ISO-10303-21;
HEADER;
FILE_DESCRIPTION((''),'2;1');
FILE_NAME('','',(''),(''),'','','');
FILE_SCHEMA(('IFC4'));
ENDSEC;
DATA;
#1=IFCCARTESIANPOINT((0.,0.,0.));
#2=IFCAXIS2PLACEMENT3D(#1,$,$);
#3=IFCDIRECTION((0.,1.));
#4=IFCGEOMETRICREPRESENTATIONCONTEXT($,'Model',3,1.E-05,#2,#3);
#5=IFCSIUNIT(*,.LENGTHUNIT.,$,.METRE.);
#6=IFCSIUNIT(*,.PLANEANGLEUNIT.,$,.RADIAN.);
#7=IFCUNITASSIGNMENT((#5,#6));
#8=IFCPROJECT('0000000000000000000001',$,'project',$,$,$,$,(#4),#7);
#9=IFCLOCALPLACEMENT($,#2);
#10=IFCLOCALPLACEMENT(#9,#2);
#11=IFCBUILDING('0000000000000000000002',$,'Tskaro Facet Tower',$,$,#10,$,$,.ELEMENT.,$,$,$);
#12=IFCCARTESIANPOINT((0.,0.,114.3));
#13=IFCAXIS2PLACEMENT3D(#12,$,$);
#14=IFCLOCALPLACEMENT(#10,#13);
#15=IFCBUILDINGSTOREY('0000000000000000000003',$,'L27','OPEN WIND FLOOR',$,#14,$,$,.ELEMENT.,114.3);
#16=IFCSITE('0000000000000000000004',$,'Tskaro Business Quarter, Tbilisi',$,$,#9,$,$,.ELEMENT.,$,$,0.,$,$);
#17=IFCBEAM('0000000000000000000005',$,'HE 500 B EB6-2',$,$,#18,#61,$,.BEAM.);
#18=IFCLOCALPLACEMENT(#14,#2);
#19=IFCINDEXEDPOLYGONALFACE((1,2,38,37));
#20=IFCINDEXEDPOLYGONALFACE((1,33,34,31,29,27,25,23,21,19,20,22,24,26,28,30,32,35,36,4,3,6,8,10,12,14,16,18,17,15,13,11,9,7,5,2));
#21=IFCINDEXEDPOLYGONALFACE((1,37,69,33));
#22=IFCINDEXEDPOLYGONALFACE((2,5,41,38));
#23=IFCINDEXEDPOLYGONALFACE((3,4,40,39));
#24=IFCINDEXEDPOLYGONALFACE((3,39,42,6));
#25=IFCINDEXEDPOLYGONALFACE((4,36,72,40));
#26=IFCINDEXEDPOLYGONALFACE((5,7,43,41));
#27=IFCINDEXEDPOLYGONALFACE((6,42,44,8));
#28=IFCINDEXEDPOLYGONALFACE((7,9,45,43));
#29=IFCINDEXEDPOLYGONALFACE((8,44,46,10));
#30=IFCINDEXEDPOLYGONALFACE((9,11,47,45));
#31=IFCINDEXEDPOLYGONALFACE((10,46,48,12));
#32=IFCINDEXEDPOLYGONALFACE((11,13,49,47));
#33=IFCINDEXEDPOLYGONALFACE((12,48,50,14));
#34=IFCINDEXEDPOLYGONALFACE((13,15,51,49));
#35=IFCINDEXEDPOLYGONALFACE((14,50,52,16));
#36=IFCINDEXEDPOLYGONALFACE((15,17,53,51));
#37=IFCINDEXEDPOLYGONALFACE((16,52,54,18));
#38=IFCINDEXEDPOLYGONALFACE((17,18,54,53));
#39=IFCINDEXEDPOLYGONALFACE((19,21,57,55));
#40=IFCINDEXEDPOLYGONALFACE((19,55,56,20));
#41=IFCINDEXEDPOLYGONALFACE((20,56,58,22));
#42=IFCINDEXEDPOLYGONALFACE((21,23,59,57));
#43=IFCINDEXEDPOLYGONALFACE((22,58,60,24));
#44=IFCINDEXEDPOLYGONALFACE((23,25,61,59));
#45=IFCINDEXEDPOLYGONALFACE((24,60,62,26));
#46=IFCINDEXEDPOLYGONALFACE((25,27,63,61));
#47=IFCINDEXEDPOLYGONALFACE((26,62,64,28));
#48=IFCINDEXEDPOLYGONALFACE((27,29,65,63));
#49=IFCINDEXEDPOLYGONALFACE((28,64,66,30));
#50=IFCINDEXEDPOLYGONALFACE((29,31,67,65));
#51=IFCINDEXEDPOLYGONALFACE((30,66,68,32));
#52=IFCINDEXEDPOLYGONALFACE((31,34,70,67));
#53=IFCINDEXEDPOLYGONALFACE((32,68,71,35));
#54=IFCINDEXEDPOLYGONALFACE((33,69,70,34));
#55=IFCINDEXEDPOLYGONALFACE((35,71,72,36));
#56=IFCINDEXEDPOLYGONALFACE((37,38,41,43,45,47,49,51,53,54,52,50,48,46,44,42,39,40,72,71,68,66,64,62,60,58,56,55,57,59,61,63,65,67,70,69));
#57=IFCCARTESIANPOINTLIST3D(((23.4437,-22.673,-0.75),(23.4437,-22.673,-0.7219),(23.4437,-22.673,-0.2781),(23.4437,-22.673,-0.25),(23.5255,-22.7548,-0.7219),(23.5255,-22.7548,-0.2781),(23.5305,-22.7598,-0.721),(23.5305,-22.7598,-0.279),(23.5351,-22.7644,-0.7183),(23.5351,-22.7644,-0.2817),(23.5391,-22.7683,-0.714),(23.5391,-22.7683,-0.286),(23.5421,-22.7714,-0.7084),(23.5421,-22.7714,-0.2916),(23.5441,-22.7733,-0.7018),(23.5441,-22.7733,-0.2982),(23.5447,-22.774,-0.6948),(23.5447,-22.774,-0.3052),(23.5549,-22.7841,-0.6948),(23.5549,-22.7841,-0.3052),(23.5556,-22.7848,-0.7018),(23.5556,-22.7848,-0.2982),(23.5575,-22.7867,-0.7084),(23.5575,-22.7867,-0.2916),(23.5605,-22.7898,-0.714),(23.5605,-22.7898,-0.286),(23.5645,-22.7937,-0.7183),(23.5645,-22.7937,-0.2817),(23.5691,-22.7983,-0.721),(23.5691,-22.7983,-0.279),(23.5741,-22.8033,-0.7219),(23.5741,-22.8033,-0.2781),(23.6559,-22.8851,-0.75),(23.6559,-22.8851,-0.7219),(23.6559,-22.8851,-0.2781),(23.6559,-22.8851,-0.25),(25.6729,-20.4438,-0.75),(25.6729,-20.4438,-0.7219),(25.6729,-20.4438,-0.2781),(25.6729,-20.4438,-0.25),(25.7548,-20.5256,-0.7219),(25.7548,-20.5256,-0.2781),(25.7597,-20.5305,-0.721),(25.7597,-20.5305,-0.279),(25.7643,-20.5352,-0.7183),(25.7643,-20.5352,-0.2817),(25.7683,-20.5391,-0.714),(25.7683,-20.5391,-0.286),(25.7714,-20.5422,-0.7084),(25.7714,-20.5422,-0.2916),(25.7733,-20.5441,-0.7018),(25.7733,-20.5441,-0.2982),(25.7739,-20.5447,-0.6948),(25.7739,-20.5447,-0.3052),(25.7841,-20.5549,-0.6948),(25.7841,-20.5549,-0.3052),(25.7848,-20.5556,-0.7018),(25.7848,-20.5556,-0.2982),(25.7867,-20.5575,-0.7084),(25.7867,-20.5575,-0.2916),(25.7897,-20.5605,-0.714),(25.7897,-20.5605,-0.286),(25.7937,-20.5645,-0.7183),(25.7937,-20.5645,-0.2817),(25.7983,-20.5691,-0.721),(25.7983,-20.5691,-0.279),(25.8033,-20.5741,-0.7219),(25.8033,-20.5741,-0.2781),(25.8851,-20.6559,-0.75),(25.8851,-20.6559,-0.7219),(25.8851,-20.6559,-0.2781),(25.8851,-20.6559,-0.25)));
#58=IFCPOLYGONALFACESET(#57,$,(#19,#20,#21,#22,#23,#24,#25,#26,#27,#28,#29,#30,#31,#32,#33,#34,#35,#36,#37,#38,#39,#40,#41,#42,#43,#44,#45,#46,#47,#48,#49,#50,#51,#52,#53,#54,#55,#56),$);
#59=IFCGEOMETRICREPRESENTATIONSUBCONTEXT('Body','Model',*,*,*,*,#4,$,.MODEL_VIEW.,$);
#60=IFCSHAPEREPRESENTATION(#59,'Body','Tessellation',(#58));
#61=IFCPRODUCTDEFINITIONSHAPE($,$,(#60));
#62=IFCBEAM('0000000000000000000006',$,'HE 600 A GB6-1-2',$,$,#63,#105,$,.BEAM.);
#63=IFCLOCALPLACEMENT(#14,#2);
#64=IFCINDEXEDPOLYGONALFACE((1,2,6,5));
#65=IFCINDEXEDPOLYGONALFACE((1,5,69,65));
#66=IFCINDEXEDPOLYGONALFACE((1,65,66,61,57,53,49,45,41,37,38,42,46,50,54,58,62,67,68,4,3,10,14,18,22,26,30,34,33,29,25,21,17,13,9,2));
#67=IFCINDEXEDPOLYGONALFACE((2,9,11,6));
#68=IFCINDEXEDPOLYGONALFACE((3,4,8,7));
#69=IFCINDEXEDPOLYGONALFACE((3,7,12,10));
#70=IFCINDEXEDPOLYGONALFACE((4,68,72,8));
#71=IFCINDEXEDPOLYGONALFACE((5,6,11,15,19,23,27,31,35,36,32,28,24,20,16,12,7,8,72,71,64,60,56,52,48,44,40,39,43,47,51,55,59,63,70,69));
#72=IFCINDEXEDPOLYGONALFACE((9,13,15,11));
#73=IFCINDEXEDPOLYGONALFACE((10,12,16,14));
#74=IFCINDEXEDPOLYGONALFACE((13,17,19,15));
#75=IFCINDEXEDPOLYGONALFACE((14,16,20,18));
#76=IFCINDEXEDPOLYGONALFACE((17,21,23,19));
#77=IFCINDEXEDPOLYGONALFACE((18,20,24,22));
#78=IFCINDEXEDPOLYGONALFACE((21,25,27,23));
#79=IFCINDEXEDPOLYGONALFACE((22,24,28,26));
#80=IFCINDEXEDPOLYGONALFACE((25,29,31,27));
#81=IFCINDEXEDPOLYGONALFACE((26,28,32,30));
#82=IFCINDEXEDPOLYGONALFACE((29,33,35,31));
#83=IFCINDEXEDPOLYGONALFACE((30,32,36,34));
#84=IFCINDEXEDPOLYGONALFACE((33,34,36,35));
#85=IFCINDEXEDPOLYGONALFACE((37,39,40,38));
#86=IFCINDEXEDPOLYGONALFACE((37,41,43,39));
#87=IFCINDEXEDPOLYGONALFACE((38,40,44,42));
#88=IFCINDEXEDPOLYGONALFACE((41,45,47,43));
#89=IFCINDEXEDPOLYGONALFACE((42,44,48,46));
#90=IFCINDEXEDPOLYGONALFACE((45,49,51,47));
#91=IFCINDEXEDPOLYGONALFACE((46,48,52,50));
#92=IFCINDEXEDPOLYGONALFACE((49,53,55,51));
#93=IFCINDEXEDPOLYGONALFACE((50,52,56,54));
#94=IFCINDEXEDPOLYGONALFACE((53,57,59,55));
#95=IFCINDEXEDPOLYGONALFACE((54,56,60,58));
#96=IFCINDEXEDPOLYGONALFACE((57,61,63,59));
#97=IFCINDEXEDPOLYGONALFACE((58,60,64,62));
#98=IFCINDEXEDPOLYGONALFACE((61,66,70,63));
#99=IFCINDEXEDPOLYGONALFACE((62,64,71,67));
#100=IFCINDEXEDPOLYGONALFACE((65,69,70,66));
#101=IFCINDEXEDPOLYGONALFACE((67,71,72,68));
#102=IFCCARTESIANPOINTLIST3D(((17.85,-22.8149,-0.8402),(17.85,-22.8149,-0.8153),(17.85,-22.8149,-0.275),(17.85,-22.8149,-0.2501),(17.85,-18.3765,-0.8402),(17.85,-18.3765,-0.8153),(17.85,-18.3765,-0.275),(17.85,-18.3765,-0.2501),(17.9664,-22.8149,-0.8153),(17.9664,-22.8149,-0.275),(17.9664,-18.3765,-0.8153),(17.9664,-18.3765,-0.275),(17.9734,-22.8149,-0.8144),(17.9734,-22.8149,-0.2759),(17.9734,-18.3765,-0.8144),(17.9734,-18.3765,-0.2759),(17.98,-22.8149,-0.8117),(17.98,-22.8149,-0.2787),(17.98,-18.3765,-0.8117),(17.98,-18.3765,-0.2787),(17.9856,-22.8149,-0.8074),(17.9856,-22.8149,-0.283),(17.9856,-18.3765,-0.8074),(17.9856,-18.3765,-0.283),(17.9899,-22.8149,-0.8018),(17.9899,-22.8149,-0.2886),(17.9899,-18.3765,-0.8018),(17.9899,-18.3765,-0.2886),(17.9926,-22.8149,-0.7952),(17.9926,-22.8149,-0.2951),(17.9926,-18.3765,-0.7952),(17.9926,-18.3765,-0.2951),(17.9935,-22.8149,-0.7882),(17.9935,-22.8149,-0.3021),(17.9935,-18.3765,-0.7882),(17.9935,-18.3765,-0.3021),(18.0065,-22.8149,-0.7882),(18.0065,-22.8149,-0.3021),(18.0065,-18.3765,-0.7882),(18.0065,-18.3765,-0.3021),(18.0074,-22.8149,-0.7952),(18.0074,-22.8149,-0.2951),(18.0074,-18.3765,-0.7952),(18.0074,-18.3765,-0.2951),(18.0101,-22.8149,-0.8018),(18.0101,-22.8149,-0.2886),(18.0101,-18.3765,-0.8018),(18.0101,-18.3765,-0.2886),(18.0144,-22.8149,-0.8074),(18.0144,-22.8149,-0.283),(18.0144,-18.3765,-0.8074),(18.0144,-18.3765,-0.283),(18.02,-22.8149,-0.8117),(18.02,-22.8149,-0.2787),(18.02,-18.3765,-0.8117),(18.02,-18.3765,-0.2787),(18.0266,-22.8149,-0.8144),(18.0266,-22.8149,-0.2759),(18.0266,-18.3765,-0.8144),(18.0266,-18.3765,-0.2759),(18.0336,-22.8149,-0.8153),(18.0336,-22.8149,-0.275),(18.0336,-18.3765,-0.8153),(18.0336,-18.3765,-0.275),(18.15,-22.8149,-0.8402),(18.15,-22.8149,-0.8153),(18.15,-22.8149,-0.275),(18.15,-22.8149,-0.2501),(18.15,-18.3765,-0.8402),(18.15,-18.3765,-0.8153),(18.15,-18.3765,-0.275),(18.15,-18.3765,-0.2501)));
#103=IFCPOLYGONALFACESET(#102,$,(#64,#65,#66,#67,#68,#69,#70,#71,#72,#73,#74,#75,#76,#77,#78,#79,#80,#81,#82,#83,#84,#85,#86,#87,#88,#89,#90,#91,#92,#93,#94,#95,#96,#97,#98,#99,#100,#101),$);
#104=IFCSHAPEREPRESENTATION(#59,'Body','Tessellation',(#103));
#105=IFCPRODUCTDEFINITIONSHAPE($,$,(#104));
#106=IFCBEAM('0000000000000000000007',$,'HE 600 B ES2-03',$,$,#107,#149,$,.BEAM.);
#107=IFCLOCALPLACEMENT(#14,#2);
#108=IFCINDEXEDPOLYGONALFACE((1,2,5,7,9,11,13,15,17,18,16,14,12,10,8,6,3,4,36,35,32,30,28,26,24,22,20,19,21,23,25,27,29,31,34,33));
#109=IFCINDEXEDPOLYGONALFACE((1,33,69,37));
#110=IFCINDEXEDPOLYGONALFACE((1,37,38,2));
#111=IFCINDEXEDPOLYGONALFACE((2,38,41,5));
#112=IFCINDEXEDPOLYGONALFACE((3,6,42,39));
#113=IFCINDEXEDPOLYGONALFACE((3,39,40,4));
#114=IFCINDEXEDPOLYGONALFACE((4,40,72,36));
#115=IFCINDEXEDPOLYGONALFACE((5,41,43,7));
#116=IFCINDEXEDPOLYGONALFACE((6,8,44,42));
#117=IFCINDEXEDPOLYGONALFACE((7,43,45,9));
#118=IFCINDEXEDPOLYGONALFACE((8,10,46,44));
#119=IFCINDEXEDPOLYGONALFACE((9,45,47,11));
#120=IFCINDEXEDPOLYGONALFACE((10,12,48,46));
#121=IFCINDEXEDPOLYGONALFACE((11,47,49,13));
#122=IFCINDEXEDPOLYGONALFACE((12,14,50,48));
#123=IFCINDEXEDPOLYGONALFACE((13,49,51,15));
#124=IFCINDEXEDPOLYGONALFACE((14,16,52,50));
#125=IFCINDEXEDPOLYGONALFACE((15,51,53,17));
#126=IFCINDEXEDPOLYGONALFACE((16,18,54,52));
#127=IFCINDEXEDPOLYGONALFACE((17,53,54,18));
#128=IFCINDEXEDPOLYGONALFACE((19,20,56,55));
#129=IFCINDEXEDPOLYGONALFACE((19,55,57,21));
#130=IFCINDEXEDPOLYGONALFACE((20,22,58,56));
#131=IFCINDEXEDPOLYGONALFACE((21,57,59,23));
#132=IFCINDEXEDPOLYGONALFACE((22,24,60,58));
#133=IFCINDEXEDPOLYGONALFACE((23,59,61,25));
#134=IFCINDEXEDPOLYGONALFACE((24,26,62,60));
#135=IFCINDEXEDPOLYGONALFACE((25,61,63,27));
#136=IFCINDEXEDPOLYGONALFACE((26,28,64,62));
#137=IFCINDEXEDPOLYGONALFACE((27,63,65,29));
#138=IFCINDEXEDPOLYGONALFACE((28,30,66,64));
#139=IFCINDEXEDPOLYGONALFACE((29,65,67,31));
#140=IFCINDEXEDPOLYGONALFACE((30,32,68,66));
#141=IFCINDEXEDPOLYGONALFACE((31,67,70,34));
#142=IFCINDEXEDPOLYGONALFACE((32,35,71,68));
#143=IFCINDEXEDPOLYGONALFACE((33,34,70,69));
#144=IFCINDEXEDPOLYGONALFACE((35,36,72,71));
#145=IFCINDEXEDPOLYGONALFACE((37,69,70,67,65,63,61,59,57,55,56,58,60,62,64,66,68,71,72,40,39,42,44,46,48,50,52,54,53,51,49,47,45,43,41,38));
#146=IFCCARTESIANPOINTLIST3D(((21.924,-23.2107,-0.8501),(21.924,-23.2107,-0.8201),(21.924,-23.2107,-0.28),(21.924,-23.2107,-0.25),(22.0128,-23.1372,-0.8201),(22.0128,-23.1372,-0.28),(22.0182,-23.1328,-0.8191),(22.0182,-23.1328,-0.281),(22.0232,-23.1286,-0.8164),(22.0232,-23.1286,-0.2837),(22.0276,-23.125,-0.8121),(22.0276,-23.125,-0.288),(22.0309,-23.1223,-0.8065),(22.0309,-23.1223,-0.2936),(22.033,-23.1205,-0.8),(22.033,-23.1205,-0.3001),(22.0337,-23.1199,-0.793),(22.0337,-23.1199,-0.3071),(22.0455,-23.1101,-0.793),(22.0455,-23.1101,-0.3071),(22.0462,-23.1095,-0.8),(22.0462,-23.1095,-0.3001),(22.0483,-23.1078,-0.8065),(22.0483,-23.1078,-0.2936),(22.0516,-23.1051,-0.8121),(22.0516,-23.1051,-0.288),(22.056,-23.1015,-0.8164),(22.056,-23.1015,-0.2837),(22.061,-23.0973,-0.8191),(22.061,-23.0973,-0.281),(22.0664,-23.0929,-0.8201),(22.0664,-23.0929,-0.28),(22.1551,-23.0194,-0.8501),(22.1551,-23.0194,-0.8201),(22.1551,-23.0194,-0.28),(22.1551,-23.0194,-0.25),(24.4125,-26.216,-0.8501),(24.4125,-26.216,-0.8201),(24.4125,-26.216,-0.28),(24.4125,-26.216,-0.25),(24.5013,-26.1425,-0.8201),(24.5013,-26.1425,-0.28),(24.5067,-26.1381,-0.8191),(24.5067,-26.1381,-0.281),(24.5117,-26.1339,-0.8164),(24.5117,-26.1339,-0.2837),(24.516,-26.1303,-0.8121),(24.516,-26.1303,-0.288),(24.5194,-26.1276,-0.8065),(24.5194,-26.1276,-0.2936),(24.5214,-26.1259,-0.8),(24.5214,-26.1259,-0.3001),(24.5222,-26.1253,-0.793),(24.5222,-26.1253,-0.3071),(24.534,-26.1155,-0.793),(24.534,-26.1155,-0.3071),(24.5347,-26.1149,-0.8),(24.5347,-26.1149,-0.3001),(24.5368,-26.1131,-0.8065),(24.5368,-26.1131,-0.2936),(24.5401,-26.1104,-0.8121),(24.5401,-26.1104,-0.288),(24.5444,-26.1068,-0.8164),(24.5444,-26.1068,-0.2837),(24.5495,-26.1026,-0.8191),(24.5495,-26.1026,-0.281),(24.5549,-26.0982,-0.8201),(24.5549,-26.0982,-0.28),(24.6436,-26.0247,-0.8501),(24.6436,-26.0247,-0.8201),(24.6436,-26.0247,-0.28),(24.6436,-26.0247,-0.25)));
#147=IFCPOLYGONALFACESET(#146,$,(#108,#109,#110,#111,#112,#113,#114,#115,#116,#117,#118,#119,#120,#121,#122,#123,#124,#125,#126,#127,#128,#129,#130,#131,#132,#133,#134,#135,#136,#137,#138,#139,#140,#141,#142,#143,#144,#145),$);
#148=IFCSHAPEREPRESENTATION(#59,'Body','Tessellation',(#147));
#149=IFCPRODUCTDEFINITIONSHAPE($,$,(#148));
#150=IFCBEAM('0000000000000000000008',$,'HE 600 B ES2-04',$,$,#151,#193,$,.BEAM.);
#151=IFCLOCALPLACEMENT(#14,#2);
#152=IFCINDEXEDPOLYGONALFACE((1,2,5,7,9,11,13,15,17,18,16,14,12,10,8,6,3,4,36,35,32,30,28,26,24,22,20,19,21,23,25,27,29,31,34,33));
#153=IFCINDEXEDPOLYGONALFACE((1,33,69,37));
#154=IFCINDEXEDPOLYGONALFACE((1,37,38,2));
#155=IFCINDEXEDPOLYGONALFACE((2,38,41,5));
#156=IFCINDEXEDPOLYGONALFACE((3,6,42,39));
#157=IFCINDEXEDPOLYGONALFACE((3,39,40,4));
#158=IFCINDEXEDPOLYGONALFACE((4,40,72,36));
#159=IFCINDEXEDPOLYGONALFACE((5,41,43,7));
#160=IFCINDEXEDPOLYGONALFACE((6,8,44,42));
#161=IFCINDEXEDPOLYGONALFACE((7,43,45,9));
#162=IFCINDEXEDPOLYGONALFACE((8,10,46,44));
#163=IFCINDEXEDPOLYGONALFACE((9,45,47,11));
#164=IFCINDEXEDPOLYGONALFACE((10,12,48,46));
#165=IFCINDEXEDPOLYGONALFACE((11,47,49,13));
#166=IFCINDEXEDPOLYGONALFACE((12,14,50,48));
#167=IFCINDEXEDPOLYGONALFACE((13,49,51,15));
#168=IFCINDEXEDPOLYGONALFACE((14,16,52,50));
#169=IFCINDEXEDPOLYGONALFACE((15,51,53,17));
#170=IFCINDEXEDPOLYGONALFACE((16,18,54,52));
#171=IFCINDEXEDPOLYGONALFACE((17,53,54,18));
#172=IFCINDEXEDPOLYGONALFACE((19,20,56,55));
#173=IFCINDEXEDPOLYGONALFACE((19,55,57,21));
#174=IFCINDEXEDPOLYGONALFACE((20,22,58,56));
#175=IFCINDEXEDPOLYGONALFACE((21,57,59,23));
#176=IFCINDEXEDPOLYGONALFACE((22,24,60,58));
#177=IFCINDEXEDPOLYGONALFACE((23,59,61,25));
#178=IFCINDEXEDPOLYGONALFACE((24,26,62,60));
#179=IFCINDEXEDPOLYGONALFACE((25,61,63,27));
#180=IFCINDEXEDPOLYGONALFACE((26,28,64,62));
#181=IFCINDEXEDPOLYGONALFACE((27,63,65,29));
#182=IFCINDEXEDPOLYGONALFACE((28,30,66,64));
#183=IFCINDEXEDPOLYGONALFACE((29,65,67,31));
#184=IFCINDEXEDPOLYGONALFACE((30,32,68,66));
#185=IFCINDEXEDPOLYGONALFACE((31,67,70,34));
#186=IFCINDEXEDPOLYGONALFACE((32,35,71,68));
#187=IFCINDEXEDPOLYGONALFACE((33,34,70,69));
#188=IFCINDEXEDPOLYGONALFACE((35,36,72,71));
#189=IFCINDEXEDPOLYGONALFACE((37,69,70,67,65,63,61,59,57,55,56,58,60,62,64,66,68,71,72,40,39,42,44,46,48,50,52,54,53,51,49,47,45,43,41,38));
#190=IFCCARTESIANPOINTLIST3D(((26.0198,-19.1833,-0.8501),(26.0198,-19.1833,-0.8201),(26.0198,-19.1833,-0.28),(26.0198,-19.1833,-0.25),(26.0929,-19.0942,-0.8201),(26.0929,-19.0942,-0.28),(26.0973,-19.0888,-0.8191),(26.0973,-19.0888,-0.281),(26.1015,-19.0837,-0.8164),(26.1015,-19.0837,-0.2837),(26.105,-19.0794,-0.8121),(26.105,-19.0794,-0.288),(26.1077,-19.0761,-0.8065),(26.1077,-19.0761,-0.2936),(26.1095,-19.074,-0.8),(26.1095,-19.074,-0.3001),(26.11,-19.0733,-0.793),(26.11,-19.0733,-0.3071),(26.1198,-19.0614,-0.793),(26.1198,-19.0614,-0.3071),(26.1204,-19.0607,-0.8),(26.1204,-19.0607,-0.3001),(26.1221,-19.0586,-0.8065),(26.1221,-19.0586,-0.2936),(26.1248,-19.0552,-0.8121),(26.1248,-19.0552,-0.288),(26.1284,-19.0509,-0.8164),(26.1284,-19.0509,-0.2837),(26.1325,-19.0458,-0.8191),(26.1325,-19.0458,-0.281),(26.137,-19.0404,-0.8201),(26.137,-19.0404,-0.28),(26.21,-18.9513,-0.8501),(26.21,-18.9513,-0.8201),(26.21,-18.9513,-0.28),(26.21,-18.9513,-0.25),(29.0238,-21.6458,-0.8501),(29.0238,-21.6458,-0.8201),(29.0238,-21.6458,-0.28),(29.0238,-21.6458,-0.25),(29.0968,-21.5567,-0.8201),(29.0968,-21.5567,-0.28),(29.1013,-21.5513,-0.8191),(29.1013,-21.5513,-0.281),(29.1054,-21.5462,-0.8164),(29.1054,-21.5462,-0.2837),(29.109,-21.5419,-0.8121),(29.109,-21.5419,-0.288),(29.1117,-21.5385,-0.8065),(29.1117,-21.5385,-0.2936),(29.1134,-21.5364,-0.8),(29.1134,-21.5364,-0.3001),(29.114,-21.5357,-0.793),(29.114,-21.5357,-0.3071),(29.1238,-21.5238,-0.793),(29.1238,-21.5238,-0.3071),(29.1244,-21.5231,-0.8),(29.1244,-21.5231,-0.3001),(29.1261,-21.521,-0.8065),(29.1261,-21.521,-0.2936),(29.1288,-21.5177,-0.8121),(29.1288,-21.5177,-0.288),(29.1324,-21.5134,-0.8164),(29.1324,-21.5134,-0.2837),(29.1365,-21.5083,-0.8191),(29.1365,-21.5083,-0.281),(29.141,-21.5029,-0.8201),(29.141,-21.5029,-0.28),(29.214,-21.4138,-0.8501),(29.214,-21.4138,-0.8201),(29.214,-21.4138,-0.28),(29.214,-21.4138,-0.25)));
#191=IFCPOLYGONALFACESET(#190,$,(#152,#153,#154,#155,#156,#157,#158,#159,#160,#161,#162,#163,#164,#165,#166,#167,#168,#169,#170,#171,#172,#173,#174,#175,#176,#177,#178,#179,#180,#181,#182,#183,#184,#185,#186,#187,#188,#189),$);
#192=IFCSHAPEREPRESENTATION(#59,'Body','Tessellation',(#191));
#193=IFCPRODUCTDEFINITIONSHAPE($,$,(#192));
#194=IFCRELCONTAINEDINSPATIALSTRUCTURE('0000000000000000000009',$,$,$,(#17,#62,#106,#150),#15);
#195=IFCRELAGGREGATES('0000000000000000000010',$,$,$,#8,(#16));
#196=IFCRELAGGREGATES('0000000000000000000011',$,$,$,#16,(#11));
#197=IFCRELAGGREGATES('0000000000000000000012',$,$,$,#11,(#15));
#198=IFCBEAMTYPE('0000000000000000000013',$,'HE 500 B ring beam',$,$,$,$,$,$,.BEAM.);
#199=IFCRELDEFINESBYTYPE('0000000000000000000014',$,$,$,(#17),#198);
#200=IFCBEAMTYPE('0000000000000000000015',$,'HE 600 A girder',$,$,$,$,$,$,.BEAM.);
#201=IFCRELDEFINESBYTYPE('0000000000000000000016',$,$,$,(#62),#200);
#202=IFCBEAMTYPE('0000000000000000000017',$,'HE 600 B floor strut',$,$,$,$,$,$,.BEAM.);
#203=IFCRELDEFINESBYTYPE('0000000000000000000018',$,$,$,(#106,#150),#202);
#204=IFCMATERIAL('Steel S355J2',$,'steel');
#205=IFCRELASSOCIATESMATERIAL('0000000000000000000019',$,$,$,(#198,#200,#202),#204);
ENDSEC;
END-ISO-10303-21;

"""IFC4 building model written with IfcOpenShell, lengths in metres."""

from ifc_helpers import new_model, si_unit, direction, frame, origin, origin_2d, place, context, subcontext, project, spatial, i_section, extrude, material, material_profile, profile_set, type_object, element, save


model = new_model("IFC4")

# Units and contexts
model_context = context("Model", 3, precision=1e-05, world=origin(), true_north=direction((0.0, 1.0)))
body_context = subcontext(model_context, "Body", "Model", "MODEL_VIEW")
ifc_project = project(units=[si_unit("LENGTHUNIT", "METRE"), si_unit("PLANEANGLEUNIT", "RADIAN")], contexts=[model_context])

# Site, building, storey
site_placement = place(None, origin())
site = spatial("IfcSite", under=ifc_project, at=site_placement, Name="Tskaro Business Quarter, Tbilisi", CompositionType="ELEMENT", RefElevation=0.0)
building_placement = place(site_placement, origin())
building = spatial("IfcBuilding", under=site, at=building_placement, Name="Tskaro Facet Tower", CompositionType="ELEMENT")
storey_placement = place(building_placement, frame((0.0, 0.0, 114.3)))
storey = spatial("IfcBuildingStorey", under=building, at=storey_placement, Name="L27", Description="OPEN WIND FLOOR", CompositionType="ELEMENT", Elevation=114.3)

# Shared definitions
ifc_material_1 = material(Name="Steel S355J2", Category="steel")

# Beams
ifc_material_profile_1 = material_profile(ifc_material_1, i_section(OverallWidth=0.3, OverallDepth=0.5, WebThickness=0.0144, FlangeThickness=0.0281, FilletRadius=0.0271, at=origin_2d()), Name="HE 500 B")
ifc_profile_set_1 = profile_set([ifc_material_profile_1], Name="Steel S355J2")
beam_type_1 = type_object("IfcBeamType", Name="HE 500 B ring beam", PredefinedType="BEAM", material=ifc_profile_set_1)
beam_1_placement = place(storey_placement, frame((23.5498, -22.7791, -0.5), z_axis=(0.707107, 0.707107, 0.0), x_axis=(-0.707107, 0.707107, 0.0)))
element("IfcBeam", 1, at=beam_1_placement, inside=storey, type_object=beam_type_1, Name="HE 500 B EB6-2", PredefinedType="BEAM", context=body_context, shape_type="SweptSolid", body=[
    extrude(i_section(OverallWidth=0.3, OverallDepth=0.5, WebThickness=0.0144, FlangeThickness=0.0281, FilletRadius=0.0271, at=origin_2d()), origin(), (0.0, 0.0, 1.0), 3.1526),
])
ifc_material_profile_2 = material_profile(ifc_material_1, i_section(OverallWidth=0.3, OverallDepth=0.5901, WebThickness=0.0129, FlangeThickness=0.0249, FilletRadius=0.0271, at=origin_2d()), Name="HE 600 A")
ifc_profile_set_2 = profile_set([ifc_material_profile_2], Name="Steel S355J2")
beam_type_2 = type_object("IfcBeamType", Name="HE 600 A girder", PredefinedType="BEAM", material=ifc_profile_set_2)
beam_2_placement = place(storey_placement, frame((18.0, -22.8149, -0.5452), z_axis=(0.0, 1.0, 0.0), x_axis=(-1.0, 0.0, 0.0)))
element("IfcBeam", 2, at=beam_2_placement, inside=storey, type_object=beam_type_2, Name="HE 600 A GB6-1-2", PredefinedType="BEAM", context=body_context, shape_type="SweptSolid", body=[
    extrude(i_section(OverallWidth=0.3, OverallDepth=0.5901, WebThickness=0.0129, FlangeThickness=0.0249, FilletRadius=0.0271, at=origin_2d()), origin(), (0.0, 0.0, 1.0), 4.4385),
])
ifc_material_profile_3 = material_profile(ifc_material_1, i_section(OverallWidth=0.3, OverallDepth=0.6001, WebThickness=0.0154, FlangeThickness=0.03, FilletRadius=0.0271, at=origin_2d()), Name="HE 600 B")
ifc_profile_set_3 = profile_set([ifc_material_profile_3], Name="Steel S355J2")
beam_type_3 = type_object("IfcBeamType", Name="HE 600 B floor strut", PredefinedType="BEAM", material=ifc_profile_set_3)
beam_3_placement = place(storey_placement, frame((24.5281, -26.1204, -0.55), z_axis=(-0.637769, 0.770228, 0.0), x_axis=(-0.770228, -0.637769, 0.0)))
element("IfcBeam", 3, at=beam_3_placement, inside=storey, type_object=beam_type_3, Name="HE 600 B ES2-03", PredefinedType="BEAM", context=body_context, shape_type="SweptSolid", body=[
    extrude(i_section(OverallWidth=0.3, OverallDepth=0.6001, WebThickness=0.0154, FlangeThickness=0.03, FilletRadius=0.0271, at=origin_2d()), origin(), (0.0, 0.0, 1.0), 3.9019),
])
beam_4_placement = place(storey_placement, frame((29.1189, -21.5298, -0.55), z_axis=(-0.773369, 0.633956, 0.0), x_axis=(-0.633956, -0.773369, 0.0)))
element("IfcBeam", 4, at=beam_4_placement, inside=storey, type_object=beam_type_3, Name="HE 600 B ES2-04", PredefinedType="BEAM", context=body_context, shape_type="SweptSolid", body=[
    extrude(i_section(OverallWidth=0.3, OverallDepth=0.6001, WebThickness=0.0154, FlangeThickness=0.03, FilletRadius=0.0271, at=origin_2d()), origin(), (0.0, 0.0, 1.0), 3.8843),
])

save(model, "model.ifc")
